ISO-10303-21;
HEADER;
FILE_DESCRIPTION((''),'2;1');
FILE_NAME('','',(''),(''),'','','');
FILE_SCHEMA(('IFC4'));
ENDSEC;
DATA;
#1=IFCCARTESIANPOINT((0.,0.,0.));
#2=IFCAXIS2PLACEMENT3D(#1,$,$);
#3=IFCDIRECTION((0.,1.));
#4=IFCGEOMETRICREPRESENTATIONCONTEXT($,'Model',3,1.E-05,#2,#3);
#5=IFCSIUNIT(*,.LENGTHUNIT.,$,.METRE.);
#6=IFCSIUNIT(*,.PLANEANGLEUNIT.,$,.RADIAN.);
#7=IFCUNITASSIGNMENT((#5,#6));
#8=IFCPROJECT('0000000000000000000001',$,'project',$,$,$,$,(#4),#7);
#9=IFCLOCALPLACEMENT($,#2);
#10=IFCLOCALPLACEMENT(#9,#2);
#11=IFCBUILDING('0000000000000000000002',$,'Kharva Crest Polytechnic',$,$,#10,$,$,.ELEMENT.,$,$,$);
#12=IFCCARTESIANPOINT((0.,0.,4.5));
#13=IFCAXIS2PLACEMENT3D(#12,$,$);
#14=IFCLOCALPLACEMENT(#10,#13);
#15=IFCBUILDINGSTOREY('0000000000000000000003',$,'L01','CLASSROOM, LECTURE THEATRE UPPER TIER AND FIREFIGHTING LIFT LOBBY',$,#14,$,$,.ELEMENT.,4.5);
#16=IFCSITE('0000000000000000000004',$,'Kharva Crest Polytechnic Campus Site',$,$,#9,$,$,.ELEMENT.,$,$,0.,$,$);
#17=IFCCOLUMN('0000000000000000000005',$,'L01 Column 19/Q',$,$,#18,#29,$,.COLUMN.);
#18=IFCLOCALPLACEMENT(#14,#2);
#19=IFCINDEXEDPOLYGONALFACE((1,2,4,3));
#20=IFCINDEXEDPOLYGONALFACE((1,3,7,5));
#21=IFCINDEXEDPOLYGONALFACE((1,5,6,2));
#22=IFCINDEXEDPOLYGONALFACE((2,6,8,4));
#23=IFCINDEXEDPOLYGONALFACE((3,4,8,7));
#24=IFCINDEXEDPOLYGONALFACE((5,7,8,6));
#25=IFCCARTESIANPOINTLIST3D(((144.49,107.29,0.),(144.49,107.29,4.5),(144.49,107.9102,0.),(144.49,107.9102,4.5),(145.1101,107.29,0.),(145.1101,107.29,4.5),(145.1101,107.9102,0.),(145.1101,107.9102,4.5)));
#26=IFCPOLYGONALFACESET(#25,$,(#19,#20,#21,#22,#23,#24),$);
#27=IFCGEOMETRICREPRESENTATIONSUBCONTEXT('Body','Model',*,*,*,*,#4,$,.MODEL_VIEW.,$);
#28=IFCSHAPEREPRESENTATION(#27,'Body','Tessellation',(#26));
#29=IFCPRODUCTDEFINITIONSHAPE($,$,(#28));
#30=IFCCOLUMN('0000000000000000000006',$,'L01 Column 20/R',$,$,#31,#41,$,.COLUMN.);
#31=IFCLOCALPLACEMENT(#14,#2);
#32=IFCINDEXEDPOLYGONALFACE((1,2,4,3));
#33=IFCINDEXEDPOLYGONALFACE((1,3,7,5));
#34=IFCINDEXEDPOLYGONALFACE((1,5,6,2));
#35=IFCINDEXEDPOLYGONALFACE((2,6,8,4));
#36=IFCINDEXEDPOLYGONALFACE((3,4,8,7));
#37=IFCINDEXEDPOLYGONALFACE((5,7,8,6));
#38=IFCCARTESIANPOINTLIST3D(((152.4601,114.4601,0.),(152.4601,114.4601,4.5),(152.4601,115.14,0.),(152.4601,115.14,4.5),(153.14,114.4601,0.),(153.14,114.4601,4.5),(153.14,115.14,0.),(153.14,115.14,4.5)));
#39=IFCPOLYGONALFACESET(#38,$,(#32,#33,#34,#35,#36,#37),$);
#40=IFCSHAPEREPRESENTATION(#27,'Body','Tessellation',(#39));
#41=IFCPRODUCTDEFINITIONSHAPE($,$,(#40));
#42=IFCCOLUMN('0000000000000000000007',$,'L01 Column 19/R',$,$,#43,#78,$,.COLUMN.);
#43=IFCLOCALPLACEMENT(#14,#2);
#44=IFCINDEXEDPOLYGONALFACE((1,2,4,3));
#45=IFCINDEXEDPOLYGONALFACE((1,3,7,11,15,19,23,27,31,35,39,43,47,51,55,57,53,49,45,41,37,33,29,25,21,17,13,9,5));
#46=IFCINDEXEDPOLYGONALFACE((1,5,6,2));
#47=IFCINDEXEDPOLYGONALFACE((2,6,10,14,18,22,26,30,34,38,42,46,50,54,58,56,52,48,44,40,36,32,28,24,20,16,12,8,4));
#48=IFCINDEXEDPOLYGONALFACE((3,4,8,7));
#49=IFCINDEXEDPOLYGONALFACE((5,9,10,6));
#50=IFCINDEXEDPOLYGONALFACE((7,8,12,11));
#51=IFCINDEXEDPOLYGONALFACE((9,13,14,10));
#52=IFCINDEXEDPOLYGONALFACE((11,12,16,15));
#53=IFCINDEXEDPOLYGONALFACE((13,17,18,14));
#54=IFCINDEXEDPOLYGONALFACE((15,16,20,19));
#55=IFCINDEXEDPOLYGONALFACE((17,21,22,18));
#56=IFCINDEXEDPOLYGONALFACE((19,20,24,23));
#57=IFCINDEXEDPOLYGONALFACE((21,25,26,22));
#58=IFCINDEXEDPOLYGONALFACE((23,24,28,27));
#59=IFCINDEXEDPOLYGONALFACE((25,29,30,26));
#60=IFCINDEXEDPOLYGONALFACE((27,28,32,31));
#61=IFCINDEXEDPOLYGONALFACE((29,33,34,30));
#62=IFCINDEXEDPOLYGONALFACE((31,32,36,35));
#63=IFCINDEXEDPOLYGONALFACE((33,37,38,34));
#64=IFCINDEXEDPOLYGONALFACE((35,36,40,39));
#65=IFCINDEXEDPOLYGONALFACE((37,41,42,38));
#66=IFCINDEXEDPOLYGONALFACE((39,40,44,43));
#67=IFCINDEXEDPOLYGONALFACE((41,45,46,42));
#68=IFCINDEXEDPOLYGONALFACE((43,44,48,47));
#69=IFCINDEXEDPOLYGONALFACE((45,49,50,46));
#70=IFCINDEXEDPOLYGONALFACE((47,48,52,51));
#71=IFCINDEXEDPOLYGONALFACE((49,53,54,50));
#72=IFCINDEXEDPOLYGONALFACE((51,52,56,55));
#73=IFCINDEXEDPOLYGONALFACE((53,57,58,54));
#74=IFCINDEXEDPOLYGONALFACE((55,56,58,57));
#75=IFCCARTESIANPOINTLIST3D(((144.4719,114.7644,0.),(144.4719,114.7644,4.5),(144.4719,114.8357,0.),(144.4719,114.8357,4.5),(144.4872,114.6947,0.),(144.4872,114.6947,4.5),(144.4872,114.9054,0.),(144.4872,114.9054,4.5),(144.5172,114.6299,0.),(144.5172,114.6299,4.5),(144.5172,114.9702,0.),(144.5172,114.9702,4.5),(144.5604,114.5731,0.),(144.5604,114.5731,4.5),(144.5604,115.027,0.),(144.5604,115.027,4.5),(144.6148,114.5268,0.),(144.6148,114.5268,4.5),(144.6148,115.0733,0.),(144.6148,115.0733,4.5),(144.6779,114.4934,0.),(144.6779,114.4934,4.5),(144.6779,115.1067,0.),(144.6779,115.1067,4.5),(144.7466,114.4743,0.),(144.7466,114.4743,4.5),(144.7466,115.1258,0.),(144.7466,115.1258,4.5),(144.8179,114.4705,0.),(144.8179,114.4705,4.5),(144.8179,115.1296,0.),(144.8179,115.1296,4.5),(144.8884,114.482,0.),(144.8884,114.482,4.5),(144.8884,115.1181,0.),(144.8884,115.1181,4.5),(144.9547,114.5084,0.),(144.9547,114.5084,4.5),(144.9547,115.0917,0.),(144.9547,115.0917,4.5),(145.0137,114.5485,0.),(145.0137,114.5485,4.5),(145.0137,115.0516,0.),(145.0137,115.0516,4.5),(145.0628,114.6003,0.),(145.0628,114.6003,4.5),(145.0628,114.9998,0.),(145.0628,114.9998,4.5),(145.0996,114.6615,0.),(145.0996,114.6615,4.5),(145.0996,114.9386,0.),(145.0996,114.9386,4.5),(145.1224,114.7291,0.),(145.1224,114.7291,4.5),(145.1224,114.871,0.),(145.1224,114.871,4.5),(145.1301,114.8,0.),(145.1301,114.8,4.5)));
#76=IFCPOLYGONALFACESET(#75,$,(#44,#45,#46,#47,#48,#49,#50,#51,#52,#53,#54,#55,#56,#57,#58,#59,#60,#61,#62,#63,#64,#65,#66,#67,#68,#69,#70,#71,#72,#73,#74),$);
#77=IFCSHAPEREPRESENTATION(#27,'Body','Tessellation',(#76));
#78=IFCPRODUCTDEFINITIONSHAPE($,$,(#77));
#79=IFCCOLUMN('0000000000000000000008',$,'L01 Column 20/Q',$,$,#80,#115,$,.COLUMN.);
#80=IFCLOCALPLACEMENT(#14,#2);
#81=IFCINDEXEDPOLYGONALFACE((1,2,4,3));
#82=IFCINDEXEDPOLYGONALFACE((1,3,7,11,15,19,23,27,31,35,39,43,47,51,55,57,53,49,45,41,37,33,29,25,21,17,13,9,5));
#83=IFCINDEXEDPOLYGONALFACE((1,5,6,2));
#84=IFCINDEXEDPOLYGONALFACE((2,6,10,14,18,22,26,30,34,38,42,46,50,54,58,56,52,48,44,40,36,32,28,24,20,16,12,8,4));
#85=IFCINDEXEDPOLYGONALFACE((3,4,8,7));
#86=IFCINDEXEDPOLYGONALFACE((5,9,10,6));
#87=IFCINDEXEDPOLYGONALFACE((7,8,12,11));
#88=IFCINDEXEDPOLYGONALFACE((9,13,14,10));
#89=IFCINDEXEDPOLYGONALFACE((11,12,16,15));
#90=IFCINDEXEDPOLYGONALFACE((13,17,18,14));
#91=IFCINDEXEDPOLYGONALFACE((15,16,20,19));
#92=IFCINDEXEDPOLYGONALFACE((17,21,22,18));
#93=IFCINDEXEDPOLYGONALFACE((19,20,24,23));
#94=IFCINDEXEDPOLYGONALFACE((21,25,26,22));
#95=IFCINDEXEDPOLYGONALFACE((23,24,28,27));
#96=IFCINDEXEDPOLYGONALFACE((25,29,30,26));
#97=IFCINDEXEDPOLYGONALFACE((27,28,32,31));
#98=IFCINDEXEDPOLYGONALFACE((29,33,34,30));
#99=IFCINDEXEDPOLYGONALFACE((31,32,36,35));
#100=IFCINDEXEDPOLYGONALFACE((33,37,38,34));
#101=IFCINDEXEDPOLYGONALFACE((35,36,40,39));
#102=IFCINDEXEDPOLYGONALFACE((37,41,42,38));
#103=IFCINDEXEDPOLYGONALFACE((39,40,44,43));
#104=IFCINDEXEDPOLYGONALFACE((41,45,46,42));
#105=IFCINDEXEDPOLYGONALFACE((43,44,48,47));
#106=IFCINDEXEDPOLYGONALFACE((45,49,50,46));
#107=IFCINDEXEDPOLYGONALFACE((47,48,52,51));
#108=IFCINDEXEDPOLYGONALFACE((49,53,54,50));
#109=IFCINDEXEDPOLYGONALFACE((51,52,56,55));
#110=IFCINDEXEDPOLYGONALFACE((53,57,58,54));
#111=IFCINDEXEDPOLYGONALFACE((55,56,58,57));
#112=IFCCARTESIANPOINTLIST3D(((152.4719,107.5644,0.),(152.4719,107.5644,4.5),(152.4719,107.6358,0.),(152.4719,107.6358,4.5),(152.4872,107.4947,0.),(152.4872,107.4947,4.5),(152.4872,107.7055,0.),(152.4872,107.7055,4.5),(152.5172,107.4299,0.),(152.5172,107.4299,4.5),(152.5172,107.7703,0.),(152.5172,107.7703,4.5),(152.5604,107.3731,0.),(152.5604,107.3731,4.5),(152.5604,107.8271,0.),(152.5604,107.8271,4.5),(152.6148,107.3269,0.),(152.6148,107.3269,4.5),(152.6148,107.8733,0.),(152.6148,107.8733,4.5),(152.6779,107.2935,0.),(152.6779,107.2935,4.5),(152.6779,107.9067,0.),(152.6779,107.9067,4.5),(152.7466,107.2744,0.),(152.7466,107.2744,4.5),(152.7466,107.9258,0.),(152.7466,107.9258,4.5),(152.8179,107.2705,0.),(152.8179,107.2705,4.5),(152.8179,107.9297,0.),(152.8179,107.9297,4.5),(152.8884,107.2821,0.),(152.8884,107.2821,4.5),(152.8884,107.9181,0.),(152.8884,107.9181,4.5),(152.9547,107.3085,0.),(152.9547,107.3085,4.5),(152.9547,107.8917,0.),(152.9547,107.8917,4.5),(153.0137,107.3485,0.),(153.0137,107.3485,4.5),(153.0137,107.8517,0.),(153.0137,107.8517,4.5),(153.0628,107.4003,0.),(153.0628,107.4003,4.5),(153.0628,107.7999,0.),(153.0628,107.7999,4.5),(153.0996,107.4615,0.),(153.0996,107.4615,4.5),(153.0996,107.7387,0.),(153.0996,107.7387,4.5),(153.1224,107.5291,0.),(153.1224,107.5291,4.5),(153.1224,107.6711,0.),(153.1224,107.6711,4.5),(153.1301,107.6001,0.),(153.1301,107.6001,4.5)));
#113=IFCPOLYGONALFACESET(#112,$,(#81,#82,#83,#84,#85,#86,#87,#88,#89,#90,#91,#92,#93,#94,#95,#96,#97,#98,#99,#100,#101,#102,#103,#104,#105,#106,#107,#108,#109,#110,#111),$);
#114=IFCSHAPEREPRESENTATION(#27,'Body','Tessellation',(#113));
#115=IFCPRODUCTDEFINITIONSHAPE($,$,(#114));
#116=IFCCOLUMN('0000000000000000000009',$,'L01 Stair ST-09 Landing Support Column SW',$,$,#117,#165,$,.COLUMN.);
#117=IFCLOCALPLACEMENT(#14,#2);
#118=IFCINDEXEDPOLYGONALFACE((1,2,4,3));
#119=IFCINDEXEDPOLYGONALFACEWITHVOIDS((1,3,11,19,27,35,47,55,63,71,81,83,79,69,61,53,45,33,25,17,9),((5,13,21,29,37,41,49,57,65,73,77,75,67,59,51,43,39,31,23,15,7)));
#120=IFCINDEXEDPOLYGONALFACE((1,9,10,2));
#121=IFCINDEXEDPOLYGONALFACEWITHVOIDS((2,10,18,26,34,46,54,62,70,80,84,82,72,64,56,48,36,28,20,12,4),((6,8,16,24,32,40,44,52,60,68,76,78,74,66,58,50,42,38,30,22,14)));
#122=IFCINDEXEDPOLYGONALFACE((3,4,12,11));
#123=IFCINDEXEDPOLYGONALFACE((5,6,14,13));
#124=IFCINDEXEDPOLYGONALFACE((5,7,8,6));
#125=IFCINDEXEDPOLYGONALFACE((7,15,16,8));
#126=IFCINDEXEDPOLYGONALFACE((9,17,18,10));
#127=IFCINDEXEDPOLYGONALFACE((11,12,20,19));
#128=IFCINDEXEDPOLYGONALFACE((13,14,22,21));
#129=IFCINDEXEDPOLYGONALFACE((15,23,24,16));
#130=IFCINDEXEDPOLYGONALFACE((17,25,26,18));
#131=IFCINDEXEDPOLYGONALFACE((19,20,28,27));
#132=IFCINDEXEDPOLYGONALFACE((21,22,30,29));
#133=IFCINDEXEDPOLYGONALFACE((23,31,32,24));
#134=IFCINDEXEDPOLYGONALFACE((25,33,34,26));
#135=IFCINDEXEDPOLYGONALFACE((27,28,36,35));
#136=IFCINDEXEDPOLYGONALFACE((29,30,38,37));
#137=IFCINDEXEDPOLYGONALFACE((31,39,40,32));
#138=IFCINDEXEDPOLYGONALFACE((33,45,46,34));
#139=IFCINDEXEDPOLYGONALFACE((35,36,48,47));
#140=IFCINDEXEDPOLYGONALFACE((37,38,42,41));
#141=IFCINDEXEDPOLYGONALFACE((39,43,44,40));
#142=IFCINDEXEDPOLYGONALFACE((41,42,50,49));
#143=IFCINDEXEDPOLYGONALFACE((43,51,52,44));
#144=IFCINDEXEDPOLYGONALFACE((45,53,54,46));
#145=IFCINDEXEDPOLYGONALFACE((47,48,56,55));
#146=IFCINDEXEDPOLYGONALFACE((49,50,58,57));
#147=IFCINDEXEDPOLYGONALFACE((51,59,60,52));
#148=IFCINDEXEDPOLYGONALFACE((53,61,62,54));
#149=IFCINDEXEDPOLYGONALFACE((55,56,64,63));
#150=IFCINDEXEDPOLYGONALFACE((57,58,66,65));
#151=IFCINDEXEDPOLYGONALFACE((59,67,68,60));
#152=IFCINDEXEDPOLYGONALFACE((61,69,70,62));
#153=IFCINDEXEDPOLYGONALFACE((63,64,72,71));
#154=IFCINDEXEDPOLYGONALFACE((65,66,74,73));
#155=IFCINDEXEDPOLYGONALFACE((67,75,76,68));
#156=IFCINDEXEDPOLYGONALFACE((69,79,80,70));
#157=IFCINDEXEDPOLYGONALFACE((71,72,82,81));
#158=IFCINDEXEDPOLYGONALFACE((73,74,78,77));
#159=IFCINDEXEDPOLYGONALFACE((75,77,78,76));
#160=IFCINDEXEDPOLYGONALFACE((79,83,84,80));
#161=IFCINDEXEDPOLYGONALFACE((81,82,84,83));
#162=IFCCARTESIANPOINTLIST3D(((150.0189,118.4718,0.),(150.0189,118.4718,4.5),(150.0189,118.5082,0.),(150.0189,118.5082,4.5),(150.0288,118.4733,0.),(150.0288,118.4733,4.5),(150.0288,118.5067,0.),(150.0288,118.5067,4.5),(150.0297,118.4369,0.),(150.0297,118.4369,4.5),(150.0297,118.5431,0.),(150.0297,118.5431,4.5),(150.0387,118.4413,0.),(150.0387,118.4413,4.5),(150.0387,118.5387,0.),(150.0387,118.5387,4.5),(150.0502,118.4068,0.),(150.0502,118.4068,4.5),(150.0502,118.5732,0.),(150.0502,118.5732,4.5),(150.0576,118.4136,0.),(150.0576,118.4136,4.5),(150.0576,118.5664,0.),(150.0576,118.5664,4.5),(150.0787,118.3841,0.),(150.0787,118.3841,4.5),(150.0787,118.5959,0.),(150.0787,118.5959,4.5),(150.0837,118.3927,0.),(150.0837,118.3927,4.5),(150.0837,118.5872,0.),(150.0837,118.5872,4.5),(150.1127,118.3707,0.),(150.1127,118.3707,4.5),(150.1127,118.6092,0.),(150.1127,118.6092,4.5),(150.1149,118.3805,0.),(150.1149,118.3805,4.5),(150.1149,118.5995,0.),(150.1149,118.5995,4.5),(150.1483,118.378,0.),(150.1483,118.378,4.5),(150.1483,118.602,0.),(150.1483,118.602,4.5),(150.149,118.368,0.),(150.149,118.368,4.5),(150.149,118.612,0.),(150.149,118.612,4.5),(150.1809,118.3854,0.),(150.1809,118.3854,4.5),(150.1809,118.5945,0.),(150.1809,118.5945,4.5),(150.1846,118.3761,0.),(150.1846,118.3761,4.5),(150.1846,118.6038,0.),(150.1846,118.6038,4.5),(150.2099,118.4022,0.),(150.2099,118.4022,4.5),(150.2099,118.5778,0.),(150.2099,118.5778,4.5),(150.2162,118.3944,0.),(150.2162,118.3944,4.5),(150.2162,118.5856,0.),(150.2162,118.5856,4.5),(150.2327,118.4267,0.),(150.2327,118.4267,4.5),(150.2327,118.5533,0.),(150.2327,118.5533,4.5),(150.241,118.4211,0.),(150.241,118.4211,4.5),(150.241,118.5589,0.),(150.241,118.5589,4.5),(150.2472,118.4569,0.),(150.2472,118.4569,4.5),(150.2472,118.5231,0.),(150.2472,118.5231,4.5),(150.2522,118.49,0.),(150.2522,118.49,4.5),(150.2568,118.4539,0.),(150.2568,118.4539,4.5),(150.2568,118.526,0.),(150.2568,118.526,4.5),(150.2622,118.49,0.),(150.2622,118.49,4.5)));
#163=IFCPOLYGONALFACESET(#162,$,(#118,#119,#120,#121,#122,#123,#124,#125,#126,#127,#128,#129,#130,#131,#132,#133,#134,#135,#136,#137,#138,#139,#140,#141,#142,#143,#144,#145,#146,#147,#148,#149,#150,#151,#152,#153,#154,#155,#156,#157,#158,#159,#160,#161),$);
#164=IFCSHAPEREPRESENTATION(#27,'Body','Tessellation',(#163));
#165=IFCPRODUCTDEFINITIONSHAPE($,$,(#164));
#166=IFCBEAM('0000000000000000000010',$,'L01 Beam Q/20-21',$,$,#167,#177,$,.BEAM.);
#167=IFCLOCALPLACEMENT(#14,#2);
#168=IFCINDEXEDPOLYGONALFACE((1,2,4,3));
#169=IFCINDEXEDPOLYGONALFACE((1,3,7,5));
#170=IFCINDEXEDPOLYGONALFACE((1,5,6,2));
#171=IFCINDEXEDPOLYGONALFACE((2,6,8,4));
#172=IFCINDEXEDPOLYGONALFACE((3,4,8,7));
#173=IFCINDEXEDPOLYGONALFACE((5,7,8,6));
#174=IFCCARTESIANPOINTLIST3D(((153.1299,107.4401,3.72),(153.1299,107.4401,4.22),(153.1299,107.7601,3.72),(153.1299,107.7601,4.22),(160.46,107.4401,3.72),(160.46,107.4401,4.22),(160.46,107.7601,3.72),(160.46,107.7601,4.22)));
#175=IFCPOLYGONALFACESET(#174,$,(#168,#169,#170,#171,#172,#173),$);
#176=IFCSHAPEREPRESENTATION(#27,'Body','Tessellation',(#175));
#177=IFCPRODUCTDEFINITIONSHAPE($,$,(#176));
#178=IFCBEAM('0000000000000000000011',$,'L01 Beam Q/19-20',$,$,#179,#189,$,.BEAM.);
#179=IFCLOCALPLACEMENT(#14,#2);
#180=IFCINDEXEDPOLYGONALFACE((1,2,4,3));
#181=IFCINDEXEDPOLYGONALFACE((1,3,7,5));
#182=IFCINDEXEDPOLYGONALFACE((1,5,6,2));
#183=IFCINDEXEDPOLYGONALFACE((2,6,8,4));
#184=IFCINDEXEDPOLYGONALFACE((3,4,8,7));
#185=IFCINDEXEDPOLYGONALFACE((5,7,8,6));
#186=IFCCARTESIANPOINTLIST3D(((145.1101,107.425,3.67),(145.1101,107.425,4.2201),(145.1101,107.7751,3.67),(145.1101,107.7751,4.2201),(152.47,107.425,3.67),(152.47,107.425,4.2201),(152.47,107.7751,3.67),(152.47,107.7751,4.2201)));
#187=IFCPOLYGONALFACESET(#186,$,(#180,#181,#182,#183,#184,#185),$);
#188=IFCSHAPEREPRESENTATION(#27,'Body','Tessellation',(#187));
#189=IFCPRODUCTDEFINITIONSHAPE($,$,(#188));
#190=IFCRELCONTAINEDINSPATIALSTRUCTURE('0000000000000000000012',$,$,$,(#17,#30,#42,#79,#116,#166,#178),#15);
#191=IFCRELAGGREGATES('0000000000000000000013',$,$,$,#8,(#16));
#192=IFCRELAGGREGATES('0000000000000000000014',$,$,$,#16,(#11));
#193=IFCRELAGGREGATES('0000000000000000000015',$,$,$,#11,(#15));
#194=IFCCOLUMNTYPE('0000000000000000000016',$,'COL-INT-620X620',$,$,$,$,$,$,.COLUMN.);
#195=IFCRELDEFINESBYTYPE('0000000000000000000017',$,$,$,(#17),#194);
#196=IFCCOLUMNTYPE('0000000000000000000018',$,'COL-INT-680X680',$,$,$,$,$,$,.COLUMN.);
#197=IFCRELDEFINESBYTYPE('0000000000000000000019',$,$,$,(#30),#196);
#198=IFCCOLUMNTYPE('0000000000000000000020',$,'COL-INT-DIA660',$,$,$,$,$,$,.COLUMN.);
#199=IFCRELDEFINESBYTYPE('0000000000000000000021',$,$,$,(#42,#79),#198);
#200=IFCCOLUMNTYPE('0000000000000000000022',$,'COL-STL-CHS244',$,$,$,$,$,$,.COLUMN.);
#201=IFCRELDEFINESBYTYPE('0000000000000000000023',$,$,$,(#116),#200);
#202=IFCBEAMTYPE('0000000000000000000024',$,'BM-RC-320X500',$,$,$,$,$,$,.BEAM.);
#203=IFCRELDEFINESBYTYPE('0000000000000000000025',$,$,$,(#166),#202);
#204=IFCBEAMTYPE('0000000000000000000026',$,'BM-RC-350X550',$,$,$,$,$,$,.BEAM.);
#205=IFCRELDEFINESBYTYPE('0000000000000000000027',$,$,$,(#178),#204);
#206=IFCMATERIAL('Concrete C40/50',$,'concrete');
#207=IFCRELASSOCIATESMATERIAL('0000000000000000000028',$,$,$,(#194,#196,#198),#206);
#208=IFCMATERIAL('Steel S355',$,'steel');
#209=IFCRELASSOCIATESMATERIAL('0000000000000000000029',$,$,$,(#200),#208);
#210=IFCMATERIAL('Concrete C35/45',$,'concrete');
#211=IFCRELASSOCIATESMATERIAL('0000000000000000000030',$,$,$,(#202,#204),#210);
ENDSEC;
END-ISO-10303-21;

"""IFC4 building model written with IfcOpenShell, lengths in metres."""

from ifc_helpers import new_model, si_unit, direction, frame, origin, origin_2d, place, context, subcontext, project, spatial, rectangle, circle, hollow_circle, extrude, material, material_profile, profile_set, type_object, element, save


model = new_model("IFC4")

# Units and contexts
model_context = context("Model", 3, precision=1e-05, world=origin(), true_north=direction((0.0, 1.0)))
body_context = subcontext(model_context, "Body", "Model", "MODEL_VIEW")
ifc_project = project(units=[si_unit("LENGTHUNIT", "METRE"), si_unit("PLANEANGLEUNIT", "RADIAN")], contexts=[model_context])

# Site, building, storey
site_placement = place(None, origin())
site = spatial("IfcSite", under=ifc_project, at=site_placement, Name="Kharva Crest Polytechnic Campus Site", CompositionType="ELEMENT", RefElevation=0.0)
building_placement = place(site_placement, origin())
building = spatial("IfcBuilding", under=site, at=building_placement, Name="Kharva Crest Polytechnic", CompositionType="ELEMENT")
storey_placement = place(building_placement, frame((0.0, 0.0, 4.5)))
storey = spatial("IfcBuildingStorey", under=building, at=storey_placement, Name="L01", Description="CLASSROOM, LECTURE THEATRE UPPER TIER AND FIREFIGHTING LIFT LOBBY", CompositionType="ELEMENT", Elevation=4.5)

# Columns
ifc_material_1 = material(Name="Concrete C40/50", Category="concrete")
ifc_material_profile_1 = material_profile(ifc_material_1, rectangle(XDim=0.6201, YDim=0.6201, at=origin_2d()), Name="RECT 620 X 620")
ifc_profile_set_1 = profile_set([ifc_material_profile_1], Name="Concrete C40/50")
column_type_1 = type_object("IfcColumnType", Name="COL-INT-620X620", PredefinedType="COLUMN", material=ifc_profile_set_1)
column_1_placement = place(storey_placement, frame((144.8, 107.6001, 0.0), z_axis=(0.0, 0.0, 1.0), x_axis=(1.0, 0.0, 0.0)))
element("IfcColumn", 1, at=column_1_placement, inside=storey, type_object=column_type_1, Name="L01 Column 19/Q", PredefinedType="COLUMN", context=body_context, shape_type="SweptSolid", body=[
    extrude(rectangle(XDim=0.6201, YDim=0.6201, at=origin_2d()), origin(), (0.0, 0.0, 1.0), 4.5),
])
ifc_material_profile_2 = material_profile(ifc_material_1, rectangle(XDim=0.6799, YDim=0.6799, at=origin_2d()), Name="RECT 680 X 680")
ifc_profile_set_2 = profile_set([ifc_material_profile_2], Name="Concrete C40/50")
column_type_2 = type_object("IfcColumnType", Name="COL-INT-680X680", PredefinedType="COLUMN", material=ifc_profile_set_2)
column_2_placement = place(storey_placement, frame((152.8, 114.8, 0.0), z_axis=(0.0, 0.0, 1.0), x_axis=(1.0, 0.0, 0.0)))
element("IfcColumn", 2, at=column_2_placement, inside=storey, type_object=column_type_2, Name="L01 Column 20/R", PredefinedType="COLUMN", context=body_context, shape_type="SweptSolid", body=[
    extrude(rectangle(XDim=0.6799, YDim=0.6799, at=origin_2d()), origin(), (0.0, 0.0, 1.0), 4.5),
])
ifc_material_profile_3 = material_profile(ifc_material_1, circle(Radius=0.3301, at=origin_2d()), Name="DIA 660")
ifc_profile_set_3 = profile_set([ifc_material_profile_3], Name="Concrete C40/50")
column_type_3 = type_object("IfcColumnType", Name="COL-INT-DIA660", PredefinedType="COLUMN", material=ifc_profile_set_3)
for number, where, z_axis, x_axis, name in (
    (3, (144.8, 114.8, 0.0), (0.0, 0.0, 1.0), (1.0, 0.0, 0.0), "L01 Column 19/R"),
    (4, (152.8, 107.6001, 0.0), (0.0, 0.0, 1.0), (1.0, 0.0, 0.0), "L01 Column 20/Q"),
):
    element("IfcColumn", number, at=place(storey_placement, frame(where, z_axis=z_axis, x_axis=x_axis)), inside=storey, type_object=column_type_3, Name=name, PredefinedType="COLUMN", context=body_context, shape_type="SweptSolid", body=[
        extrude(circle(Radius=0.3301, at=origin_2d()), origin(), (0.0, 0.0, 1.0), 4.5),
    ])
ifc_material_2 = material(Name="Steel S355", Category="steel")
ifc_material_profile_4 = material_profile(ifc_material_2, hollow_circle(Radius=0.1223, WallThickness=0.01, at=origin_2d()), Name="CHS 244.5X10.0")
ifc_profile_set_4 = profile_set([ifc_material_profile_4], Name="Steel S355")
column_type_4 = type_object("IfcColumnType", Name="COL-STL-CHS244", PredefinedType="COLUMN", material=ifc_profile_set_4)
column_3_placement = place(storey_placement, frame((150.1399, 118.49, 0.0), z_axis=(0.0, 0.0, 1.0), x_axis=(1.0, 0.0, 0.0)))
element("IfcColumn", 5, at=column_3_placement, inside=storey, type_object=column_type_4, Name="L01 Stair ST-09 Landing Support Column SW", PredefinedType="COLUMN", context=body_context, shape_type="SweptSolid", body=[
    extrude(hollow_circle(Radius=0.1223, WallThickness=0.01, at=origin_2d()), origin(), (0.0, 0.0, 1.0), 4.5),
])

# Beams
ifc_material_3 = material(Name="Concrete C35/45", Category="concrete")
ifc_material_profile_5 = material_profile(ifc_material_3, rectangle(XDim=0.3201, YDim=0.5, at=origin_2d()), Name="RECT 320 X 500")
ifc_profile_set_5 = profile_set([ifc_material_profile_5], Name="Concrete C35/45")
beam_type_1 = type_object("IfcBeamType", Name="BM-RC-320X500", PredefinedType="BEAM", material=ifc_profile_set_5)
beam_1_placement = place(storey_placement, frame((153.1299, 107.6001, 3.97), z_axis=(1.0, 0.0, 0.0), x_axis=(0.0, 1.0, 0.0)))
element("IfcBeam", 6, at=beam_1_placement, inside=storey, type_object=beam_type_1, Name="L01 Beam Q/20-21", PredefinedType="BEAM", context=body_context, shape_type="SweptSolid", body=[
    extrude(rectangle(XDim=0.3201, YDim=0.5, at=origin_2d()), origin(), (0.0, 0.0, 1.0), 7.3301),
])
ifc_material_profile_6 = material_profile(ifc_material_3, rectangle(XDim=0.3501, YDim=0.55, at=origin_2d()), Name="RECT 350 X 550")
ifc_profile_set_6 = profile_set([ifc_material_profile_6], Name="Concrete C35/45")
beam_type_2 = type_object("IfcBeamType", Name="BM-RC-350X550", PredefinedType="BEAM", material=ifc_profile_set_6)
beam_2_placement = place(storey_placement, frame((145.1101, 107.6001, 3.9451), z_axis=(1.0, 0.0, 0.0), x_axis=(0.0, 1.0, 0.0)))
element("IfcBeam", 7, at=beam_2_placement, inside=storey, type_object=beam_type_2, Name="L01 Beam Q/19-20", PredefinedType="BEAM", context=body_context, shape_type="SweptSolid", body=[
    extrude(rectangle(XDim=0.3501, YDim=0.55, at=origin_2d()), origin(), (0.0, 0.0, 1.0), 7.3599),
])

save(model, "model.ifc")
